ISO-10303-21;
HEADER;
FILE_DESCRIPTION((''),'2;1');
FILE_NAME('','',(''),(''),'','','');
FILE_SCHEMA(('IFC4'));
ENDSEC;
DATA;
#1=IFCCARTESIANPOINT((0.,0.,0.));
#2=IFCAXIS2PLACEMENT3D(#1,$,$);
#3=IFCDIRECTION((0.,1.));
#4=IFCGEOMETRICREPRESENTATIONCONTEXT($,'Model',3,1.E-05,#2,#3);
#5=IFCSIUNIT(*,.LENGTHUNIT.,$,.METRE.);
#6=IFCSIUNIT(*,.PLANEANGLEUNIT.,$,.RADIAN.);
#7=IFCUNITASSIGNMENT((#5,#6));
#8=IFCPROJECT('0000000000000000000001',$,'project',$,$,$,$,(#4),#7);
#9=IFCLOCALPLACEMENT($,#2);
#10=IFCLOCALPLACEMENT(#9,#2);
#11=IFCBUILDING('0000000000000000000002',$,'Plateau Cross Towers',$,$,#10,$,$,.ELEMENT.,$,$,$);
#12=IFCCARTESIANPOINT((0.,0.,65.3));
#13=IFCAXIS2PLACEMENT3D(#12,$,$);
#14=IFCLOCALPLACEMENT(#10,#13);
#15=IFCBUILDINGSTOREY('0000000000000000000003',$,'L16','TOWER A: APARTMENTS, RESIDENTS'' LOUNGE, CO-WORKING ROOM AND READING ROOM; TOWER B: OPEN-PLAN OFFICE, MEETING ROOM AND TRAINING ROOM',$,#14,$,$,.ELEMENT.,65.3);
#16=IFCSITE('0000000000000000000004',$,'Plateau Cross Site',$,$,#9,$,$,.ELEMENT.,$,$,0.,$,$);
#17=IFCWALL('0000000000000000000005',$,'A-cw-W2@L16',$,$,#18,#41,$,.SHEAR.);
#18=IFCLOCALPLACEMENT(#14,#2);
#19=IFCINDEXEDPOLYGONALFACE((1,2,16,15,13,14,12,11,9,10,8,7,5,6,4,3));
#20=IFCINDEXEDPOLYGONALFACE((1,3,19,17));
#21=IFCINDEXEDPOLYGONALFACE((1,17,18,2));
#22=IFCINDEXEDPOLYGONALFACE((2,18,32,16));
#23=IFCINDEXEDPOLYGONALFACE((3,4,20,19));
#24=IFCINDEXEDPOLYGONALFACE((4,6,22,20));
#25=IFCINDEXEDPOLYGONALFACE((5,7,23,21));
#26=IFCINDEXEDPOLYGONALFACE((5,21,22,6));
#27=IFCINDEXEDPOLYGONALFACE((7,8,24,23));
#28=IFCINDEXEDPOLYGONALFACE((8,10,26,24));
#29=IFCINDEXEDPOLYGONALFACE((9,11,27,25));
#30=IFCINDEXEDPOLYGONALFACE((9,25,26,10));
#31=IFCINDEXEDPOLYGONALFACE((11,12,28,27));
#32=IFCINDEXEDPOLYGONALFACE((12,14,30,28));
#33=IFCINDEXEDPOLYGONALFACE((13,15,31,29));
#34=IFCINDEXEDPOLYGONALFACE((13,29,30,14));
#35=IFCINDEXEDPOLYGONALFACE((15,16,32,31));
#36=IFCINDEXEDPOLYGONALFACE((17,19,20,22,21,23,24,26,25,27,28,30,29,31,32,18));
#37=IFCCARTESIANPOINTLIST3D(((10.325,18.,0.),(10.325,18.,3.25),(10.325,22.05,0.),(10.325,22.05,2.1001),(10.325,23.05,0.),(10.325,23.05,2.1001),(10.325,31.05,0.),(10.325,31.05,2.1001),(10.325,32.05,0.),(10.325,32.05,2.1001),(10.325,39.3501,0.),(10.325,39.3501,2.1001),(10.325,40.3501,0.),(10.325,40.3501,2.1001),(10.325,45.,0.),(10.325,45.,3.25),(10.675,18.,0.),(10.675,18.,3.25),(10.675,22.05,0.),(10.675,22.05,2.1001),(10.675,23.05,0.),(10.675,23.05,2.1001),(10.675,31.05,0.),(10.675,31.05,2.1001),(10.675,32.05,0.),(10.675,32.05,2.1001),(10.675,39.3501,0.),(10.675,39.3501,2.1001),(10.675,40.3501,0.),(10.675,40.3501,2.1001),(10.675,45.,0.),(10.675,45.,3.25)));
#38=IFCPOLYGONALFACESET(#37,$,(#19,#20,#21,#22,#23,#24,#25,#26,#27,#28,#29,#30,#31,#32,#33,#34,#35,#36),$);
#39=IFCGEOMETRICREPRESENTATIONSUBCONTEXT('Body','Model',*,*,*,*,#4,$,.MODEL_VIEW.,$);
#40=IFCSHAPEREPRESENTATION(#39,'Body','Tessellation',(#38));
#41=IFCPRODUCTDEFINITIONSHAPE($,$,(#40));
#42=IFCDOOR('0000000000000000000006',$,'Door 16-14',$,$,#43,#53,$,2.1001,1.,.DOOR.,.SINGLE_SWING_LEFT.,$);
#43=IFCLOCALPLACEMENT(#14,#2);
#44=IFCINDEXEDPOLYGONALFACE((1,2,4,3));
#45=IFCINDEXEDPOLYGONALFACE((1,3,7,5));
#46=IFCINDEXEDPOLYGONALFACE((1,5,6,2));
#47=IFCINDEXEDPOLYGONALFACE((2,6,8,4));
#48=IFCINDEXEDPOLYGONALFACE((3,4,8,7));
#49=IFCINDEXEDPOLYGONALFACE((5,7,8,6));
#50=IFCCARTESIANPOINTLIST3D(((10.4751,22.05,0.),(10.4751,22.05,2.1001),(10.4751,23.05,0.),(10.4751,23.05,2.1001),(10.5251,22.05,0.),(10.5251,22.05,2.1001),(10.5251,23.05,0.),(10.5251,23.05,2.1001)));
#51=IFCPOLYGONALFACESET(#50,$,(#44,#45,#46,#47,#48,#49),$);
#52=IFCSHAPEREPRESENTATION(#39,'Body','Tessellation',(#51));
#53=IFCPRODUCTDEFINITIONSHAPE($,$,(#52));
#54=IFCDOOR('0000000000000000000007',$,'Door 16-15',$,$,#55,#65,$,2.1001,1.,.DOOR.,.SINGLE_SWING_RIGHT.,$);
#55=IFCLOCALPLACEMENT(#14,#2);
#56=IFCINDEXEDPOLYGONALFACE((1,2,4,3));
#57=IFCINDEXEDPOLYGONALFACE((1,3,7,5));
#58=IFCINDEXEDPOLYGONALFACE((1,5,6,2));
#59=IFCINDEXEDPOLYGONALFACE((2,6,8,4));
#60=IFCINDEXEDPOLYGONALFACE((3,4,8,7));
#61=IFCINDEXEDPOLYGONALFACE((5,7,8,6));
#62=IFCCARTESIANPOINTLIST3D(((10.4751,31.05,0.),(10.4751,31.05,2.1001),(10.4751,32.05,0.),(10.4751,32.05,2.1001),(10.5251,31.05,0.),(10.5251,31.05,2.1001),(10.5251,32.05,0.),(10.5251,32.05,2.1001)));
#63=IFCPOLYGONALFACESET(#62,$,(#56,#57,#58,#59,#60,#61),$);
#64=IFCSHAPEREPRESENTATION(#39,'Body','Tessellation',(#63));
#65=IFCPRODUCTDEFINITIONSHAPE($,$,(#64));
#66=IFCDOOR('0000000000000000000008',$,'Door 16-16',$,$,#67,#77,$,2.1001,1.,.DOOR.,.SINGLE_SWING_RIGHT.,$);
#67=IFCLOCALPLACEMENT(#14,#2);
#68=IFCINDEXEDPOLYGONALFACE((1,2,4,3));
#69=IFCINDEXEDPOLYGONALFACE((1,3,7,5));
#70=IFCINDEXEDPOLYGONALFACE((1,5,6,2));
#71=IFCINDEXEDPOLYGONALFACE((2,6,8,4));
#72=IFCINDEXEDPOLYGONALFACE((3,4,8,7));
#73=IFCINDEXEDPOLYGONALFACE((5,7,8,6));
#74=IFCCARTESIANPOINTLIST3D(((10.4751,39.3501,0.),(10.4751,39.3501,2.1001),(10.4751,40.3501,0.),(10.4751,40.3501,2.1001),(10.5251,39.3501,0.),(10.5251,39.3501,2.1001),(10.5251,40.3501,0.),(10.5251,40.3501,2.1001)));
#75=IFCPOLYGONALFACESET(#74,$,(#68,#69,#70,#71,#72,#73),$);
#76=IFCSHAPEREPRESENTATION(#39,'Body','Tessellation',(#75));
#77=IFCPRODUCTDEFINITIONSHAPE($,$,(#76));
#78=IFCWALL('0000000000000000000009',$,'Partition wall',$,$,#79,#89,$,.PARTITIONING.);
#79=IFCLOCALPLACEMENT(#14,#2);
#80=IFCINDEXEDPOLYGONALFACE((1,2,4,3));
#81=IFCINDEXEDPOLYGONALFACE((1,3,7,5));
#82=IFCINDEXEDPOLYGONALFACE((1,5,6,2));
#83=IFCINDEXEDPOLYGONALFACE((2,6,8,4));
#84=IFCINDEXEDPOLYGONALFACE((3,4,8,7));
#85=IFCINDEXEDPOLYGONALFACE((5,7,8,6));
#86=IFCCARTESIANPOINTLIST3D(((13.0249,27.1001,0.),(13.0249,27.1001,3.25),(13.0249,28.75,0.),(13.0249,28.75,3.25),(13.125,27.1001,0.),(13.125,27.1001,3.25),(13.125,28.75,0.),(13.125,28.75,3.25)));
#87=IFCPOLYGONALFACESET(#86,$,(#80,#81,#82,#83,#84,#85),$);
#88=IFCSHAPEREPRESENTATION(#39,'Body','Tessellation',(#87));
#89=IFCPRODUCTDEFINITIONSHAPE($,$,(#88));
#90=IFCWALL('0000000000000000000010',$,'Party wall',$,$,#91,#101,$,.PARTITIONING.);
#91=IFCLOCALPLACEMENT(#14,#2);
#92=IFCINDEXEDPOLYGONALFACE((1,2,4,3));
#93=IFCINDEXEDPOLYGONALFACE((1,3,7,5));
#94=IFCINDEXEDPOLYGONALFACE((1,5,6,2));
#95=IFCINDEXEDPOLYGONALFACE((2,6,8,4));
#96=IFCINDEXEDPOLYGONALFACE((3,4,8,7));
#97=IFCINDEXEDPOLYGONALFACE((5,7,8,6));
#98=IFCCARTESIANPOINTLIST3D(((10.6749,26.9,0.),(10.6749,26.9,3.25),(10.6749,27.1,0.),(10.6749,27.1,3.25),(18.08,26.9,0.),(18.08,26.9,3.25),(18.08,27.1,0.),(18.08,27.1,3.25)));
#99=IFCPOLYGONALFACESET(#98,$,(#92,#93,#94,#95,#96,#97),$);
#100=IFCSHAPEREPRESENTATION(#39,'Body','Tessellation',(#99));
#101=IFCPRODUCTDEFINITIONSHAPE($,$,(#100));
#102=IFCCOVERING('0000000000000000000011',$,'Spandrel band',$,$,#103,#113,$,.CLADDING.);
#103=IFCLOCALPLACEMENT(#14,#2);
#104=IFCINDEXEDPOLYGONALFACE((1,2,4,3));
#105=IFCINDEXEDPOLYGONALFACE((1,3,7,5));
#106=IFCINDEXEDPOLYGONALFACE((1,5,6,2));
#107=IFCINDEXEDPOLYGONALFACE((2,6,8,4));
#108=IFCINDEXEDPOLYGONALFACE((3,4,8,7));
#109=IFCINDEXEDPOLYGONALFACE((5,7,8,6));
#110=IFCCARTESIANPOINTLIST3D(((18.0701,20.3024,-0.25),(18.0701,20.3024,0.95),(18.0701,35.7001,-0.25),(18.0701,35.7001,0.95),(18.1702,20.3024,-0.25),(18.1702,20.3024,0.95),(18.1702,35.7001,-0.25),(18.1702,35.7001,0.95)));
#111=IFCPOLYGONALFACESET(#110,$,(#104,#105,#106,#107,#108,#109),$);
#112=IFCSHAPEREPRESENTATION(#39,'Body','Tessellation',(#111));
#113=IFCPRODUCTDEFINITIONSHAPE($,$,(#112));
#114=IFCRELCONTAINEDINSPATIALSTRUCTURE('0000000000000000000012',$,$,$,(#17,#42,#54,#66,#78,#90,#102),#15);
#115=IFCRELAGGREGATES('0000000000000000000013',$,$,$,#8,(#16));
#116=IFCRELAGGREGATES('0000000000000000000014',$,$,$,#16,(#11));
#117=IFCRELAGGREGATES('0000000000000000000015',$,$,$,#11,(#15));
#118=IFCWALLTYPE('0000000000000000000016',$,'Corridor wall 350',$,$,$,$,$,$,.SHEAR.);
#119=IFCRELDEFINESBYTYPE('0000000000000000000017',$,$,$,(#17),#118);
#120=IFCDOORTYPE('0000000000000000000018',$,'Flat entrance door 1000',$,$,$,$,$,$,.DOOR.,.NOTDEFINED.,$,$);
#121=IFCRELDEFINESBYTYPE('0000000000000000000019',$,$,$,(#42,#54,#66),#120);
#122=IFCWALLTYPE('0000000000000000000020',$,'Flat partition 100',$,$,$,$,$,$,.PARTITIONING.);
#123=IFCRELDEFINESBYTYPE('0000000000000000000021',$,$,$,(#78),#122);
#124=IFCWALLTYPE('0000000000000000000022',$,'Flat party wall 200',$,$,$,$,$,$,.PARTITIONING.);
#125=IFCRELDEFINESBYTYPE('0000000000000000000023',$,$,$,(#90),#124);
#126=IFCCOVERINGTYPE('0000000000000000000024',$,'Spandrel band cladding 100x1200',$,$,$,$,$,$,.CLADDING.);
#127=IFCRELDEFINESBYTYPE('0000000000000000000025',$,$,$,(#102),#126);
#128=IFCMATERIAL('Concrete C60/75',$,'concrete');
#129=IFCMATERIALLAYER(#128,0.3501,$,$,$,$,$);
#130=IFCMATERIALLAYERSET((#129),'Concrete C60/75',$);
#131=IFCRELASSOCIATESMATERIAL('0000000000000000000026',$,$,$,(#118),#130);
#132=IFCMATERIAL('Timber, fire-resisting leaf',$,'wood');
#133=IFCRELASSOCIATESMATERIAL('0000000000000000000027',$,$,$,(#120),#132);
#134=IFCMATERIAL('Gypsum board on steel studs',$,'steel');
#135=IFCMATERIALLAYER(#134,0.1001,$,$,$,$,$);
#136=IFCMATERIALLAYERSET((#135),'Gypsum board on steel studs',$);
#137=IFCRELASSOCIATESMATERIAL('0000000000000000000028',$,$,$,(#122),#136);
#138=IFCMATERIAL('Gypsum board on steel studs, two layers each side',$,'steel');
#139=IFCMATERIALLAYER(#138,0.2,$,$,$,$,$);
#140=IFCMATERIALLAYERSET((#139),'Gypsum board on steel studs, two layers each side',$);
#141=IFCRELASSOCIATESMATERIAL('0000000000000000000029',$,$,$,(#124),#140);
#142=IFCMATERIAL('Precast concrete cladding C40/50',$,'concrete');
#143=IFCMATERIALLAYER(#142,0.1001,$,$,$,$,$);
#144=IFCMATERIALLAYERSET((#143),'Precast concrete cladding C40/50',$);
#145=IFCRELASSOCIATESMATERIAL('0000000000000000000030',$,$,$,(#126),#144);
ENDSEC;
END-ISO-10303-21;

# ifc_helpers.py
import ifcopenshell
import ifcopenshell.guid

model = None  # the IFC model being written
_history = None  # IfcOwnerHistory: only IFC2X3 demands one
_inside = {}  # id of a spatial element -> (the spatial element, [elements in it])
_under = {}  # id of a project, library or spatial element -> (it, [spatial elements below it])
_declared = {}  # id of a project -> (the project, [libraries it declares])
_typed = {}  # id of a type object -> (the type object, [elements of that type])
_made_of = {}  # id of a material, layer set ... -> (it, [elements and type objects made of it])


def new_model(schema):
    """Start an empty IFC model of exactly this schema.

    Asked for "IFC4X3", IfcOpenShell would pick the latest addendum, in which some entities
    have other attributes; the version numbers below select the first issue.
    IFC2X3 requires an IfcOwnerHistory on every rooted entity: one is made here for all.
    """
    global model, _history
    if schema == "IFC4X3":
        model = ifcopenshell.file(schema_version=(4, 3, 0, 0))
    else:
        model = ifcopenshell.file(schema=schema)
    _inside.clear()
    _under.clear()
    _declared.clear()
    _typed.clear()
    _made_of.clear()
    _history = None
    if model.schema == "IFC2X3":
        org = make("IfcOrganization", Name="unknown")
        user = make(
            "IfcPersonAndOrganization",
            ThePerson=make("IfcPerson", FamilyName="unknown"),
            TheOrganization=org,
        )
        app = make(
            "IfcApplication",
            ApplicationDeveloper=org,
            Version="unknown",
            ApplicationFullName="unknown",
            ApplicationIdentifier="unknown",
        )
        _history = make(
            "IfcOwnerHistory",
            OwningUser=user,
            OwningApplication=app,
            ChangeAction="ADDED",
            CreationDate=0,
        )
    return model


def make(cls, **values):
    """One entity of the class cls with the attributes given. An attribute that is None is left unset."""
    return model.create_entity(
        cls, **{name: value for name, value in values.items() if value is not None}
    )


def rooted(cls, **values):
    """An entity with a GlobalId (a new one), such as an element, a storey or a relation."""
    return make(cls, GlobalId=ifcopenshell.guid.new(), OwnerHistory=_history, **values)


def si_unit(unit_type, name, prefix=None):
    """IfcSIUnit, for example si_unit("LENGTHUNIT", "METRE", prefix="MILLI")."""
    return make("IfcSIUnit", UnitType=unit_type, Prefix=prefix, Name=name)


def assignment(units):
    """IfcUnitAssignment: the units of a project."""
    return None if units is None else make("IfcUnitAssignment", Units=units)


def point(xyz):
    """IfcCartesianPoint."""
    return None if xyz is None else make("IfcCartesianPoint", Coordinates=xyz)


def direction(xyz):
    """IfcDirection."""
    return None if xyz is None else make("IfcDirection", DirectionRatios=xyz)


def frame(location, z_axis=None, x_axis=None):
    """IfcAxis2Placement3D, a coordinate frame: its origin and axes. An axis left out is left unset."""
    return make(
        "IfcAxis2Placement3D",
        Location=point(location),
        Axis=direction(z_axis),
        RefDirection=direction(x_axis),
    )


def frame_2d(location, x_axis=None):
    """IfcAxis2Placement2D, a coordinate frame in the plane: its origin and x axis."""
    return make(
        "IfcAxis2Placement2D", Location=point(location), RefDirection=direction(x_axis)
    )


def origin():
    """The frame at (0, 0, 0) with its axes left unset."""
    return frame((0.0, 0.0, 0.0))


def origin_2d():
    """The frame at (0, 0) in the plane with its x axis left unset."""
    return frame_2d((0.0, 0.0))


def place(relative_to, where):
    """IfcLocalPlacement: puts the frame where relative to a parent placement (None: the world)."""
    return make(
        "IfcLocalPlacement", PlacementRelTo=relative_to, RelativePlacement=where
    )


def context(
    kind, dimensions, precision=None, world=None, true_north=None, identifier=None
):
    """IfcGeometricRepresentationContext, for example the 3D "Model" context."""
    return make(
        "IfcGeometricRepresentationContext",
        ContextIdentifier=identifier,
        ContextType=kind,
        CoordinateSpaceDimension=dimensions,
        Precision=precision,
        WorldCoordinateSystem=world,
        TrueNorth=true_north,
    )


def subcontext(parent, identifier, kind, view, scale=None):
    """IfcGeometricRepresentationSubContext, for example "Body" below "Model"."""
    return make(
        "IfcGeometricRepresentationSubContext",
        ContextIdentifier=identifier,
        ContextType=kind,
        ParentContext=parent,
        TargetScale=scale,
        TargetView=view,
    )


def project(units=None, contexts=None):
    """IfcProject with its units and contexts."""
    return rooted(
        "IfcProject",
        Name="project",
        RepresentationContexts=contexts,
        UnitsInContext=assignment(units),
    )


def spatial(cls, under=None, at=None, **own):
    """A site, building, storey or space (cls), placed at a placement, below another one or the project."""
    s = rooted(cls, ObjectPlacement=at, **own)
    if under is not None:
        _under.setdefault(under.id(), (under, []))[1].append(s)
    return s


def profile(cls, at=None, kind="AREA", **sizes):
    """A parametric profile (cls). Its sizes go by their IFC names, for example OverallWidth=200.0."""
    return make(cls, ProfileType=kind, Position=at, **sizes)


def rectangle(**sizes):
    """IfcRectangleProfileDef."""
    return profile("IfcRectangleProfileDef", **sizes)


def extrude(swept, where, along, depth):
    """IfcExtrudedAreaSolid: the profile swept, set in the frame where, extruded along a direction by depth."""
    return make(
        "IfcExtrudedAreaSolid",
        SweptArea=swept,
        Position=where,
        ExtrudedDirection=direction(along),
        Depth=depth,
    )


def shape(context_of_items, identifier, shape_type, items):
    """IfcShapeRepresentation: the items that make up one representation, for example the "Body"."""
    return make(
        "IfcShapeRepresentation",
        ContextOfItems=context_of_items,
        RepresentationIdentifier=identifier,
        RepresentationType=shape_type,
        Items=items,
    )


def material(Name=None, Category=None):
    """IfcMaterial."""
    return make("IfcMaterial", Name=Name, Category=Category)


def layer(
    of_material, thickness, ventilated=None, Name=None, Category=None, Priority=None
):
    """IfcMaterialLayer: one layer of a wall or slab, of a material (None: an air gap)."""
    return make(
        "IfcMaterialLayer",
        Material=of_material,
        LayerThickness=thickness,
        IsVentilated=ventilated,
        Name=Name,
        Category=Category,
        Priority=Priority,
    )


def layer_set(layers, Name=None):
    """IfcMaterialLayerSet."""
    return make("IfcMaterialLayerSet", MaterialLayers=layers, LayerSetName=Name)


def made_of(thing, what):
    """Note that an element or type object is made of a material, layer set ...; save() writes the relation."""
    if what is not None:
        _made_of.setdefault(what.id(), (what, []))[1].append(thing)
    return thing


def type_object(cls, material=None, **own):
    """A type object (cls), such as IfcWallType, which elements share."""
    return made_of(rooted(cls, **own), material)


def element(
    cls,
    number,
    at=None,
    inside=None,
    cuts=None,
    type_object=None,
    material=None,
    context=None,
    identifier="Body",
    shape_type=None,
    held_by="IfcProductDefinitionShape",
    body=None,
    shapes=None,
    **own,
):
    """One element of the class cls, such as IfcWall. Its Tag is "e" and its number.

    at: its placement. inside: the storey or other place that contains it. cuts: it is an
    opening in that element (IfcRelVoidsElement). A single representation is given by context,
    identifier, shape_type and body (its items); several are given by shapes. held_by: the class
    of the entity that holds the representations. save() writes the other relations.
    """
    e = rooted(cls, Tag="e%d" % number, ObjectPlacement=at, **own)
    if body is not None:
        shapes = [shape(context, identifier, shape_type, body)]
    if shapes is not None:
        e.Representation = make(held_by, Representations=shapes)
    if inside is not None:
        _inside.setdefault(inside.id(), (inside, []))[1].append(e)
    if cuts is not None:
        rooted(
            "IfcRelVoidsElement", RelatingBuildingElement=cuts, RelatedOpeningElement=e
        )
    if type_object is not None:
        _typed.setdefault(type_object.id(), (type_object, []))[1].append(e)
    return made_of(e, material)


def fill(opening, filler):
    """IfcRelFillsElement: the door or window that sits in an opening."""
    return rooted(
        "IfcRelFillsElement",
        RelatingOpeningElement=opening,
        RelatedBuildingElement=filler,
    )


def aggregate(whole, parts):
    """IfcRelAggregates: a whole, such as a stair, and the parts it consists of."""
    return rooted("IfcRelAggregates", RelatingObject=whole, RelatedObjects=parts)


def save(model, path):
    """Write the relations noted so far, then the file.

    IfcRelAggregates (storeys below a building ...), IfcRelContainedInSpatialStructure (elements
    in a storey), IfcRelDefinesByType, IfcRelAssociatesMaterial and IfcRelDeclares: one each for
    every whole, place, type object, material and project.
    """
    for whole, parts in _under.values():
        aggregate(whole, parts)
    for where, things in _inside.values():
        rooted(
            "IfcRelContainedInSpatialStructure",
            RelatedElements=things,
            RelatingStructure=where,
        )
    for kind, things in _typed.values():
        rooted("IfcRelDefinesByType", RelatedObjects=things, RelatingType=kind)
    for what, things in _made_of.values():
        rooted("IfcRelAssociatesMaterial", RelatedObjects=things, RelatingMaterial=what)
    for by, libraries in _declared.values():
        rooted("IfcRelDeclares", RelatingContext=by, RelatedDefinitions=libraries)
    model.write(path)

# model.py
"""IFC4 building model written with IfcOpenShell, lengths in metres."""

from ifc_helpers import new_model, si_unit, direction, frame, frame_2d, origin, origin_2d, place, context, subcontext, project, spatial, rectangle, extrude, material, layer, layer_set, type_object, element, fill, save


model = new_model("IFC4")

# Units and contexts
model_context = context("Model", 3, precision=1e-05, world=origin(), true_north=direction((0.0, 1.0)))
body_context = subcontext(model_context, "Body", "Model", "MODEL_VIEW")
ifc_project = project(units=[si_unit("LENGTHUNIT", "METRE"), si_unit("PLANEANGLEUNIT", "RADIAN")], contexts=[model_context])

# Site, building, storey
site_placement = place(None, origin())
site = spatial("IfcSite", under=ifc_project, at=site_placement, Name="Plateau Cross Site", CompositionType="ELEMENT", RefElevation=0.0)
building_placement = place(site_placement, origin())
building = spatial("IfcBuilding", under=site, at=building_placement, Name="Plateau Cross Towers", CompositionType="ELEMENT")
storey_placement = place(building_placement, frame((0.0, 0.0, 65.3)))
storey = spatial("IfcBuildingStorey", under=building, at=storey_placement, Name="L16", Description="TOWER A: APARTMENTS, RESIDENTS' LOUNGE, CO-WORKING ROOM AND READING ROOM; TOWER B: OPEN-PLAN OFFICE, MEETING ROOM AND TRAINING ROOM", CompositionType="ELEMENT", Elevation=65.3)

# Shared definitions
ifc_material_1 = material(Name="Concrete C60/75", Category="concrete")

# Wall, openings, doors
ifc_layer_1 = layer(ifc_material_1, 0.3501)
ifc_layer_set_1 = layer_set([ifc_layer_1], Name="Concrete C60/75")
wall_type_1 = type_object("IfcWallType", Name="Corridor wall 350", PredefinedType="SHEAR", material=ifc_layer_set_1)
ifc_material_2 = material(Name="Timber, fire-resisting leaf", Category="wood")
door_type_1 = type_object("IfcDoorType", Name="Flat entrance door 1000", OperationType="NOTDEFINED", PredefinedType="DOOR", material=ifc_material_2)
wall_1_placement = place(storey_placement, frame((10.5, 18.0, 0.0), z_axis=(0.0, 0.0, 1.0), x_axis=(0.0, 1.0, 0.0)))
wall_1 = element("IfcWall", 1, at=wall_1_placement, inside=storey, type_object=wall_type_1, Name="A-cw-W2@L16", PredefinedType="SHEAR", context=body_context, shape_type="SweptSolid", body=[
    extrude(rectangle(XDim=27.0, YDim=0.3501, at=frame_2d((13.5, 0.0))), origin(), (0.0, 0.0, 1.0), 3.25),
])
opening_1_placement = place(wall_1_placement, frame((4.05, 0.0, 0.0)))
opening_1 = element("IfcOpeningElement", 2, at=opening_1_placement, cuts=wall_1, PredefinedType="OPENING", context=body_context, shape_type="SweptSolid", body=[
    extrude(rectangle(XDim=1.0, YDim=2.1001, at=frame_2d((0.5, 1.05))), frame((0.0, 0.1851, 0.0), z_axis=(0.0, -1.0, 0.0), x_axis=(1.0, 0.0, 0.0)), (0.0, 0.0, 1.0), 0.3701),
])
opening_2_placement = place(wall_1_placement, frame((13.05, 0.0, 0.0)))
opening_2 = element("IfcOpeningElement", 3, at=opening_2_placement, cuts=wall_1, PredefinedType="OPENING", context=body_context, shape_type="SweptSolid", body=[
    extrude(rectangle(XDim=1.0, YDim=2.1001, at=frame_2d((0.5, 1.05))), frame((0.0, 0.1851, 0.0), z_axis=(0.0, -1.0, 0.0), x_axis=(1.0, 0.0, 0.0)), (0.0, 0.0, 1.0), 0.3701),
])
opening_3_placement = place(wall_1_placement, frame((21.3501, 0.0, 0.0)))
opening_3 = element("IfcOpeningElement", 4, at=opening_3_placement, cuts=wall_1, PredefinedType="OPENING", context=body_context, shape_type="SweptSolid", body=[
    extrude(rectangle(XDim=1.0, YDim=2.1001, at=frame_2d((0.5, 1.05))), frame((0.0, 0.1851, 0.0), z_axis=(0.0, -1.0, 0.0), x_axis=(1.0, 0.0, 0.0)), (0.0, 0.0, 1.0), 0.3701),
])
door_1_placement = place(opening_1_placement, origin())
door_1 = element("IfcDoor", 5, at=door_1_placement, inside=storey, type_object=door_type_1, Name="Door 16-14", OperationType="SINGLE_SWING_LEFT", OverallHeight=2.1001, OverallWidth=1.0, PredefinedType="DOOR", context=body_context, shape_type="SweptSolid", body=[
    extrude(rectangle(XDim=1.0, YDim=2.1001, at=frame_2d((0.5, 1.05))), frame((0.0, 0.0249, 0.0), z_axis=(0.0, -1.0, 0.0), x_axis=(1.0, 0.0, 0.0)), (0.0, 0.0, 1.0), 0.05),
])
fill(opening_1, door_1)
door_2_placement = place(opening_2_placement, origin())
door_2 = element("IfcDoor", 6, at=door_2_placement, inside=storey, type_object=door_type_1, Name="Door 16-15", OperationType="SINGLE_SWING_RIGHT", OverallHeight=2.1001, OverallWidth=1.0, PredefinedType="DOOR", context=body_context, shape_type="SweptSolid", body=[
    extrude(rectangle(XDim=1.0, YDim=2.1001, at=frame_2d((0.5, 1.05))), frame((0.0, 0.0249, 0.0), z_axis=(0.0, -1.0, 0.0), x_axis=(1.0, 0.0, 0.0)), (0.0, 0.0, 1.0), 0.05),
])
fill(opening_2, door_2)
door_3_placement = place(opening_3_placement, origin())
door_3 = element("IfcDoor", 7, at=door_3_placement, inside=storey, type_object=door_type_1, Name="Door 16-16", OperationType="SINGLE_SWING_RIGHT", OverallHeight=2.1001, OverallWidth=1.0, PredefinedType="DOOR", context=body_context, shape_type="SweptSolid", body=[
    extrude(rectangle(XDim=1.0, YDim=2.1001, at=frame_2d((0.5, 1.05))), frame((0.0, 0.0249, 0.0), z_axis=(0.0, -1.0, 0.0), x_axis=(1.0, 0.0, 0.0)), (0.0, 0.0, 1.0), 0.05),
])
fill(opening_3, door_3)

# Walls
ifc_material_3 = material(Name="Gypsum board on steel studs", Category="steel")
ifc_layer_2 = layer(ifc_material_3, 0.1001)
ifc_layer_set_2 = layer_set([ifc_layer_2], Name="Gypsum board on steel studs")
wall_type_2 = type_object("IfcWallType", Name="Flat partition 100", PredefinedType="PARTITIONING", material=ifc_layer_set_2)
wall_2_placement = place(storey_placement, frame((13.075, 27.1001, 0.0), z_axis=(0.0, 0.0, 1.0), x_axis=(0.0, 1.0, 0.0)))
element("IfcWall", 8, at=wall_2_placement, inside=storey, type_object=wall_type_2, Name="Partition wall", PredefinedType="PARTITIONING", context=body_context, shape_type="SweptSolid", body=[
    extrude(rectangle(XDim=1.6499, YDim=0.1001, at=frame_2d((0.825, 0.0))), origin(), (0.0, 0.0, 1.0), 3.25),
])
ifc_material_4 = material(Name="Gypsum board on steel studs, two layers each side", Category="steel")
ifc_layer_3 = layer(ifc_material_4, 0.2)
ifc_layer_set_3 = layer_set([ifc_layer_3], Name="Gypsum board on steel studs, two layers each side")
wall_type_3 = type_object("IfcWallType", Name="Flat party wall 200", PredefinedType="PARTITIONING", material=ifc_layer_set_3)
wall_3_placement = place(storey_placement, frame((18.0801, 27.0, 0.0), z_axis=(0.0, 0.0, 1.0), x_axis=(-1.0, 0.0, 0.0)))
element("IfcWall", 9, at=wall_3_placement, inside=storey, type_object=wall_type_3, Name="Party wall", PredefinedType="PARTITIONING", context=body_context, shape_type="SweptSolid", body=[
    extrude(rectangle(XDim=7.405, YDim=0.2, at=frame_2d((3.7026, 0.0))), origin(), (0.0, 0.0, 1.0), 3.25),
])

# Covering
ifc_material_5 = material(Name="Precast concrete cladding C40/50", Category="concrete")
ifc_layer_4 = layer(ifc_material_5, 0.1001)
ifc_layer_set_4 = layer_set([ifc_layer_4], Name="Precast concrete cladding C40/50")
covering_type = type_object("IfcCoveringType", Name="Spandrel band cladding 100x1200", PredefinedType="CLADDING", material=ifc_layer_set_4)
covering_placement = place(storey_placement, frame((18.1201, 28.0012, -0.25), z_axis=(0.0, 0.0, 1.0), x_axis=(0.0, 1.0, 0.0)))
element("IfcCovering", 10, at=covering_placement, inside=storey, type_object=covering_type, Name="Spandrel band", PredefinedType="CLADDING", context=body_context, shape_type="SweptSolid", body=[
    extrude(rectangle(XDim=15.3977, YDim=0.1001, at=origin_2d()), origin(), (0.0, 0.0, 1.0), 1.2),
])

save(model, "model.ifc")
